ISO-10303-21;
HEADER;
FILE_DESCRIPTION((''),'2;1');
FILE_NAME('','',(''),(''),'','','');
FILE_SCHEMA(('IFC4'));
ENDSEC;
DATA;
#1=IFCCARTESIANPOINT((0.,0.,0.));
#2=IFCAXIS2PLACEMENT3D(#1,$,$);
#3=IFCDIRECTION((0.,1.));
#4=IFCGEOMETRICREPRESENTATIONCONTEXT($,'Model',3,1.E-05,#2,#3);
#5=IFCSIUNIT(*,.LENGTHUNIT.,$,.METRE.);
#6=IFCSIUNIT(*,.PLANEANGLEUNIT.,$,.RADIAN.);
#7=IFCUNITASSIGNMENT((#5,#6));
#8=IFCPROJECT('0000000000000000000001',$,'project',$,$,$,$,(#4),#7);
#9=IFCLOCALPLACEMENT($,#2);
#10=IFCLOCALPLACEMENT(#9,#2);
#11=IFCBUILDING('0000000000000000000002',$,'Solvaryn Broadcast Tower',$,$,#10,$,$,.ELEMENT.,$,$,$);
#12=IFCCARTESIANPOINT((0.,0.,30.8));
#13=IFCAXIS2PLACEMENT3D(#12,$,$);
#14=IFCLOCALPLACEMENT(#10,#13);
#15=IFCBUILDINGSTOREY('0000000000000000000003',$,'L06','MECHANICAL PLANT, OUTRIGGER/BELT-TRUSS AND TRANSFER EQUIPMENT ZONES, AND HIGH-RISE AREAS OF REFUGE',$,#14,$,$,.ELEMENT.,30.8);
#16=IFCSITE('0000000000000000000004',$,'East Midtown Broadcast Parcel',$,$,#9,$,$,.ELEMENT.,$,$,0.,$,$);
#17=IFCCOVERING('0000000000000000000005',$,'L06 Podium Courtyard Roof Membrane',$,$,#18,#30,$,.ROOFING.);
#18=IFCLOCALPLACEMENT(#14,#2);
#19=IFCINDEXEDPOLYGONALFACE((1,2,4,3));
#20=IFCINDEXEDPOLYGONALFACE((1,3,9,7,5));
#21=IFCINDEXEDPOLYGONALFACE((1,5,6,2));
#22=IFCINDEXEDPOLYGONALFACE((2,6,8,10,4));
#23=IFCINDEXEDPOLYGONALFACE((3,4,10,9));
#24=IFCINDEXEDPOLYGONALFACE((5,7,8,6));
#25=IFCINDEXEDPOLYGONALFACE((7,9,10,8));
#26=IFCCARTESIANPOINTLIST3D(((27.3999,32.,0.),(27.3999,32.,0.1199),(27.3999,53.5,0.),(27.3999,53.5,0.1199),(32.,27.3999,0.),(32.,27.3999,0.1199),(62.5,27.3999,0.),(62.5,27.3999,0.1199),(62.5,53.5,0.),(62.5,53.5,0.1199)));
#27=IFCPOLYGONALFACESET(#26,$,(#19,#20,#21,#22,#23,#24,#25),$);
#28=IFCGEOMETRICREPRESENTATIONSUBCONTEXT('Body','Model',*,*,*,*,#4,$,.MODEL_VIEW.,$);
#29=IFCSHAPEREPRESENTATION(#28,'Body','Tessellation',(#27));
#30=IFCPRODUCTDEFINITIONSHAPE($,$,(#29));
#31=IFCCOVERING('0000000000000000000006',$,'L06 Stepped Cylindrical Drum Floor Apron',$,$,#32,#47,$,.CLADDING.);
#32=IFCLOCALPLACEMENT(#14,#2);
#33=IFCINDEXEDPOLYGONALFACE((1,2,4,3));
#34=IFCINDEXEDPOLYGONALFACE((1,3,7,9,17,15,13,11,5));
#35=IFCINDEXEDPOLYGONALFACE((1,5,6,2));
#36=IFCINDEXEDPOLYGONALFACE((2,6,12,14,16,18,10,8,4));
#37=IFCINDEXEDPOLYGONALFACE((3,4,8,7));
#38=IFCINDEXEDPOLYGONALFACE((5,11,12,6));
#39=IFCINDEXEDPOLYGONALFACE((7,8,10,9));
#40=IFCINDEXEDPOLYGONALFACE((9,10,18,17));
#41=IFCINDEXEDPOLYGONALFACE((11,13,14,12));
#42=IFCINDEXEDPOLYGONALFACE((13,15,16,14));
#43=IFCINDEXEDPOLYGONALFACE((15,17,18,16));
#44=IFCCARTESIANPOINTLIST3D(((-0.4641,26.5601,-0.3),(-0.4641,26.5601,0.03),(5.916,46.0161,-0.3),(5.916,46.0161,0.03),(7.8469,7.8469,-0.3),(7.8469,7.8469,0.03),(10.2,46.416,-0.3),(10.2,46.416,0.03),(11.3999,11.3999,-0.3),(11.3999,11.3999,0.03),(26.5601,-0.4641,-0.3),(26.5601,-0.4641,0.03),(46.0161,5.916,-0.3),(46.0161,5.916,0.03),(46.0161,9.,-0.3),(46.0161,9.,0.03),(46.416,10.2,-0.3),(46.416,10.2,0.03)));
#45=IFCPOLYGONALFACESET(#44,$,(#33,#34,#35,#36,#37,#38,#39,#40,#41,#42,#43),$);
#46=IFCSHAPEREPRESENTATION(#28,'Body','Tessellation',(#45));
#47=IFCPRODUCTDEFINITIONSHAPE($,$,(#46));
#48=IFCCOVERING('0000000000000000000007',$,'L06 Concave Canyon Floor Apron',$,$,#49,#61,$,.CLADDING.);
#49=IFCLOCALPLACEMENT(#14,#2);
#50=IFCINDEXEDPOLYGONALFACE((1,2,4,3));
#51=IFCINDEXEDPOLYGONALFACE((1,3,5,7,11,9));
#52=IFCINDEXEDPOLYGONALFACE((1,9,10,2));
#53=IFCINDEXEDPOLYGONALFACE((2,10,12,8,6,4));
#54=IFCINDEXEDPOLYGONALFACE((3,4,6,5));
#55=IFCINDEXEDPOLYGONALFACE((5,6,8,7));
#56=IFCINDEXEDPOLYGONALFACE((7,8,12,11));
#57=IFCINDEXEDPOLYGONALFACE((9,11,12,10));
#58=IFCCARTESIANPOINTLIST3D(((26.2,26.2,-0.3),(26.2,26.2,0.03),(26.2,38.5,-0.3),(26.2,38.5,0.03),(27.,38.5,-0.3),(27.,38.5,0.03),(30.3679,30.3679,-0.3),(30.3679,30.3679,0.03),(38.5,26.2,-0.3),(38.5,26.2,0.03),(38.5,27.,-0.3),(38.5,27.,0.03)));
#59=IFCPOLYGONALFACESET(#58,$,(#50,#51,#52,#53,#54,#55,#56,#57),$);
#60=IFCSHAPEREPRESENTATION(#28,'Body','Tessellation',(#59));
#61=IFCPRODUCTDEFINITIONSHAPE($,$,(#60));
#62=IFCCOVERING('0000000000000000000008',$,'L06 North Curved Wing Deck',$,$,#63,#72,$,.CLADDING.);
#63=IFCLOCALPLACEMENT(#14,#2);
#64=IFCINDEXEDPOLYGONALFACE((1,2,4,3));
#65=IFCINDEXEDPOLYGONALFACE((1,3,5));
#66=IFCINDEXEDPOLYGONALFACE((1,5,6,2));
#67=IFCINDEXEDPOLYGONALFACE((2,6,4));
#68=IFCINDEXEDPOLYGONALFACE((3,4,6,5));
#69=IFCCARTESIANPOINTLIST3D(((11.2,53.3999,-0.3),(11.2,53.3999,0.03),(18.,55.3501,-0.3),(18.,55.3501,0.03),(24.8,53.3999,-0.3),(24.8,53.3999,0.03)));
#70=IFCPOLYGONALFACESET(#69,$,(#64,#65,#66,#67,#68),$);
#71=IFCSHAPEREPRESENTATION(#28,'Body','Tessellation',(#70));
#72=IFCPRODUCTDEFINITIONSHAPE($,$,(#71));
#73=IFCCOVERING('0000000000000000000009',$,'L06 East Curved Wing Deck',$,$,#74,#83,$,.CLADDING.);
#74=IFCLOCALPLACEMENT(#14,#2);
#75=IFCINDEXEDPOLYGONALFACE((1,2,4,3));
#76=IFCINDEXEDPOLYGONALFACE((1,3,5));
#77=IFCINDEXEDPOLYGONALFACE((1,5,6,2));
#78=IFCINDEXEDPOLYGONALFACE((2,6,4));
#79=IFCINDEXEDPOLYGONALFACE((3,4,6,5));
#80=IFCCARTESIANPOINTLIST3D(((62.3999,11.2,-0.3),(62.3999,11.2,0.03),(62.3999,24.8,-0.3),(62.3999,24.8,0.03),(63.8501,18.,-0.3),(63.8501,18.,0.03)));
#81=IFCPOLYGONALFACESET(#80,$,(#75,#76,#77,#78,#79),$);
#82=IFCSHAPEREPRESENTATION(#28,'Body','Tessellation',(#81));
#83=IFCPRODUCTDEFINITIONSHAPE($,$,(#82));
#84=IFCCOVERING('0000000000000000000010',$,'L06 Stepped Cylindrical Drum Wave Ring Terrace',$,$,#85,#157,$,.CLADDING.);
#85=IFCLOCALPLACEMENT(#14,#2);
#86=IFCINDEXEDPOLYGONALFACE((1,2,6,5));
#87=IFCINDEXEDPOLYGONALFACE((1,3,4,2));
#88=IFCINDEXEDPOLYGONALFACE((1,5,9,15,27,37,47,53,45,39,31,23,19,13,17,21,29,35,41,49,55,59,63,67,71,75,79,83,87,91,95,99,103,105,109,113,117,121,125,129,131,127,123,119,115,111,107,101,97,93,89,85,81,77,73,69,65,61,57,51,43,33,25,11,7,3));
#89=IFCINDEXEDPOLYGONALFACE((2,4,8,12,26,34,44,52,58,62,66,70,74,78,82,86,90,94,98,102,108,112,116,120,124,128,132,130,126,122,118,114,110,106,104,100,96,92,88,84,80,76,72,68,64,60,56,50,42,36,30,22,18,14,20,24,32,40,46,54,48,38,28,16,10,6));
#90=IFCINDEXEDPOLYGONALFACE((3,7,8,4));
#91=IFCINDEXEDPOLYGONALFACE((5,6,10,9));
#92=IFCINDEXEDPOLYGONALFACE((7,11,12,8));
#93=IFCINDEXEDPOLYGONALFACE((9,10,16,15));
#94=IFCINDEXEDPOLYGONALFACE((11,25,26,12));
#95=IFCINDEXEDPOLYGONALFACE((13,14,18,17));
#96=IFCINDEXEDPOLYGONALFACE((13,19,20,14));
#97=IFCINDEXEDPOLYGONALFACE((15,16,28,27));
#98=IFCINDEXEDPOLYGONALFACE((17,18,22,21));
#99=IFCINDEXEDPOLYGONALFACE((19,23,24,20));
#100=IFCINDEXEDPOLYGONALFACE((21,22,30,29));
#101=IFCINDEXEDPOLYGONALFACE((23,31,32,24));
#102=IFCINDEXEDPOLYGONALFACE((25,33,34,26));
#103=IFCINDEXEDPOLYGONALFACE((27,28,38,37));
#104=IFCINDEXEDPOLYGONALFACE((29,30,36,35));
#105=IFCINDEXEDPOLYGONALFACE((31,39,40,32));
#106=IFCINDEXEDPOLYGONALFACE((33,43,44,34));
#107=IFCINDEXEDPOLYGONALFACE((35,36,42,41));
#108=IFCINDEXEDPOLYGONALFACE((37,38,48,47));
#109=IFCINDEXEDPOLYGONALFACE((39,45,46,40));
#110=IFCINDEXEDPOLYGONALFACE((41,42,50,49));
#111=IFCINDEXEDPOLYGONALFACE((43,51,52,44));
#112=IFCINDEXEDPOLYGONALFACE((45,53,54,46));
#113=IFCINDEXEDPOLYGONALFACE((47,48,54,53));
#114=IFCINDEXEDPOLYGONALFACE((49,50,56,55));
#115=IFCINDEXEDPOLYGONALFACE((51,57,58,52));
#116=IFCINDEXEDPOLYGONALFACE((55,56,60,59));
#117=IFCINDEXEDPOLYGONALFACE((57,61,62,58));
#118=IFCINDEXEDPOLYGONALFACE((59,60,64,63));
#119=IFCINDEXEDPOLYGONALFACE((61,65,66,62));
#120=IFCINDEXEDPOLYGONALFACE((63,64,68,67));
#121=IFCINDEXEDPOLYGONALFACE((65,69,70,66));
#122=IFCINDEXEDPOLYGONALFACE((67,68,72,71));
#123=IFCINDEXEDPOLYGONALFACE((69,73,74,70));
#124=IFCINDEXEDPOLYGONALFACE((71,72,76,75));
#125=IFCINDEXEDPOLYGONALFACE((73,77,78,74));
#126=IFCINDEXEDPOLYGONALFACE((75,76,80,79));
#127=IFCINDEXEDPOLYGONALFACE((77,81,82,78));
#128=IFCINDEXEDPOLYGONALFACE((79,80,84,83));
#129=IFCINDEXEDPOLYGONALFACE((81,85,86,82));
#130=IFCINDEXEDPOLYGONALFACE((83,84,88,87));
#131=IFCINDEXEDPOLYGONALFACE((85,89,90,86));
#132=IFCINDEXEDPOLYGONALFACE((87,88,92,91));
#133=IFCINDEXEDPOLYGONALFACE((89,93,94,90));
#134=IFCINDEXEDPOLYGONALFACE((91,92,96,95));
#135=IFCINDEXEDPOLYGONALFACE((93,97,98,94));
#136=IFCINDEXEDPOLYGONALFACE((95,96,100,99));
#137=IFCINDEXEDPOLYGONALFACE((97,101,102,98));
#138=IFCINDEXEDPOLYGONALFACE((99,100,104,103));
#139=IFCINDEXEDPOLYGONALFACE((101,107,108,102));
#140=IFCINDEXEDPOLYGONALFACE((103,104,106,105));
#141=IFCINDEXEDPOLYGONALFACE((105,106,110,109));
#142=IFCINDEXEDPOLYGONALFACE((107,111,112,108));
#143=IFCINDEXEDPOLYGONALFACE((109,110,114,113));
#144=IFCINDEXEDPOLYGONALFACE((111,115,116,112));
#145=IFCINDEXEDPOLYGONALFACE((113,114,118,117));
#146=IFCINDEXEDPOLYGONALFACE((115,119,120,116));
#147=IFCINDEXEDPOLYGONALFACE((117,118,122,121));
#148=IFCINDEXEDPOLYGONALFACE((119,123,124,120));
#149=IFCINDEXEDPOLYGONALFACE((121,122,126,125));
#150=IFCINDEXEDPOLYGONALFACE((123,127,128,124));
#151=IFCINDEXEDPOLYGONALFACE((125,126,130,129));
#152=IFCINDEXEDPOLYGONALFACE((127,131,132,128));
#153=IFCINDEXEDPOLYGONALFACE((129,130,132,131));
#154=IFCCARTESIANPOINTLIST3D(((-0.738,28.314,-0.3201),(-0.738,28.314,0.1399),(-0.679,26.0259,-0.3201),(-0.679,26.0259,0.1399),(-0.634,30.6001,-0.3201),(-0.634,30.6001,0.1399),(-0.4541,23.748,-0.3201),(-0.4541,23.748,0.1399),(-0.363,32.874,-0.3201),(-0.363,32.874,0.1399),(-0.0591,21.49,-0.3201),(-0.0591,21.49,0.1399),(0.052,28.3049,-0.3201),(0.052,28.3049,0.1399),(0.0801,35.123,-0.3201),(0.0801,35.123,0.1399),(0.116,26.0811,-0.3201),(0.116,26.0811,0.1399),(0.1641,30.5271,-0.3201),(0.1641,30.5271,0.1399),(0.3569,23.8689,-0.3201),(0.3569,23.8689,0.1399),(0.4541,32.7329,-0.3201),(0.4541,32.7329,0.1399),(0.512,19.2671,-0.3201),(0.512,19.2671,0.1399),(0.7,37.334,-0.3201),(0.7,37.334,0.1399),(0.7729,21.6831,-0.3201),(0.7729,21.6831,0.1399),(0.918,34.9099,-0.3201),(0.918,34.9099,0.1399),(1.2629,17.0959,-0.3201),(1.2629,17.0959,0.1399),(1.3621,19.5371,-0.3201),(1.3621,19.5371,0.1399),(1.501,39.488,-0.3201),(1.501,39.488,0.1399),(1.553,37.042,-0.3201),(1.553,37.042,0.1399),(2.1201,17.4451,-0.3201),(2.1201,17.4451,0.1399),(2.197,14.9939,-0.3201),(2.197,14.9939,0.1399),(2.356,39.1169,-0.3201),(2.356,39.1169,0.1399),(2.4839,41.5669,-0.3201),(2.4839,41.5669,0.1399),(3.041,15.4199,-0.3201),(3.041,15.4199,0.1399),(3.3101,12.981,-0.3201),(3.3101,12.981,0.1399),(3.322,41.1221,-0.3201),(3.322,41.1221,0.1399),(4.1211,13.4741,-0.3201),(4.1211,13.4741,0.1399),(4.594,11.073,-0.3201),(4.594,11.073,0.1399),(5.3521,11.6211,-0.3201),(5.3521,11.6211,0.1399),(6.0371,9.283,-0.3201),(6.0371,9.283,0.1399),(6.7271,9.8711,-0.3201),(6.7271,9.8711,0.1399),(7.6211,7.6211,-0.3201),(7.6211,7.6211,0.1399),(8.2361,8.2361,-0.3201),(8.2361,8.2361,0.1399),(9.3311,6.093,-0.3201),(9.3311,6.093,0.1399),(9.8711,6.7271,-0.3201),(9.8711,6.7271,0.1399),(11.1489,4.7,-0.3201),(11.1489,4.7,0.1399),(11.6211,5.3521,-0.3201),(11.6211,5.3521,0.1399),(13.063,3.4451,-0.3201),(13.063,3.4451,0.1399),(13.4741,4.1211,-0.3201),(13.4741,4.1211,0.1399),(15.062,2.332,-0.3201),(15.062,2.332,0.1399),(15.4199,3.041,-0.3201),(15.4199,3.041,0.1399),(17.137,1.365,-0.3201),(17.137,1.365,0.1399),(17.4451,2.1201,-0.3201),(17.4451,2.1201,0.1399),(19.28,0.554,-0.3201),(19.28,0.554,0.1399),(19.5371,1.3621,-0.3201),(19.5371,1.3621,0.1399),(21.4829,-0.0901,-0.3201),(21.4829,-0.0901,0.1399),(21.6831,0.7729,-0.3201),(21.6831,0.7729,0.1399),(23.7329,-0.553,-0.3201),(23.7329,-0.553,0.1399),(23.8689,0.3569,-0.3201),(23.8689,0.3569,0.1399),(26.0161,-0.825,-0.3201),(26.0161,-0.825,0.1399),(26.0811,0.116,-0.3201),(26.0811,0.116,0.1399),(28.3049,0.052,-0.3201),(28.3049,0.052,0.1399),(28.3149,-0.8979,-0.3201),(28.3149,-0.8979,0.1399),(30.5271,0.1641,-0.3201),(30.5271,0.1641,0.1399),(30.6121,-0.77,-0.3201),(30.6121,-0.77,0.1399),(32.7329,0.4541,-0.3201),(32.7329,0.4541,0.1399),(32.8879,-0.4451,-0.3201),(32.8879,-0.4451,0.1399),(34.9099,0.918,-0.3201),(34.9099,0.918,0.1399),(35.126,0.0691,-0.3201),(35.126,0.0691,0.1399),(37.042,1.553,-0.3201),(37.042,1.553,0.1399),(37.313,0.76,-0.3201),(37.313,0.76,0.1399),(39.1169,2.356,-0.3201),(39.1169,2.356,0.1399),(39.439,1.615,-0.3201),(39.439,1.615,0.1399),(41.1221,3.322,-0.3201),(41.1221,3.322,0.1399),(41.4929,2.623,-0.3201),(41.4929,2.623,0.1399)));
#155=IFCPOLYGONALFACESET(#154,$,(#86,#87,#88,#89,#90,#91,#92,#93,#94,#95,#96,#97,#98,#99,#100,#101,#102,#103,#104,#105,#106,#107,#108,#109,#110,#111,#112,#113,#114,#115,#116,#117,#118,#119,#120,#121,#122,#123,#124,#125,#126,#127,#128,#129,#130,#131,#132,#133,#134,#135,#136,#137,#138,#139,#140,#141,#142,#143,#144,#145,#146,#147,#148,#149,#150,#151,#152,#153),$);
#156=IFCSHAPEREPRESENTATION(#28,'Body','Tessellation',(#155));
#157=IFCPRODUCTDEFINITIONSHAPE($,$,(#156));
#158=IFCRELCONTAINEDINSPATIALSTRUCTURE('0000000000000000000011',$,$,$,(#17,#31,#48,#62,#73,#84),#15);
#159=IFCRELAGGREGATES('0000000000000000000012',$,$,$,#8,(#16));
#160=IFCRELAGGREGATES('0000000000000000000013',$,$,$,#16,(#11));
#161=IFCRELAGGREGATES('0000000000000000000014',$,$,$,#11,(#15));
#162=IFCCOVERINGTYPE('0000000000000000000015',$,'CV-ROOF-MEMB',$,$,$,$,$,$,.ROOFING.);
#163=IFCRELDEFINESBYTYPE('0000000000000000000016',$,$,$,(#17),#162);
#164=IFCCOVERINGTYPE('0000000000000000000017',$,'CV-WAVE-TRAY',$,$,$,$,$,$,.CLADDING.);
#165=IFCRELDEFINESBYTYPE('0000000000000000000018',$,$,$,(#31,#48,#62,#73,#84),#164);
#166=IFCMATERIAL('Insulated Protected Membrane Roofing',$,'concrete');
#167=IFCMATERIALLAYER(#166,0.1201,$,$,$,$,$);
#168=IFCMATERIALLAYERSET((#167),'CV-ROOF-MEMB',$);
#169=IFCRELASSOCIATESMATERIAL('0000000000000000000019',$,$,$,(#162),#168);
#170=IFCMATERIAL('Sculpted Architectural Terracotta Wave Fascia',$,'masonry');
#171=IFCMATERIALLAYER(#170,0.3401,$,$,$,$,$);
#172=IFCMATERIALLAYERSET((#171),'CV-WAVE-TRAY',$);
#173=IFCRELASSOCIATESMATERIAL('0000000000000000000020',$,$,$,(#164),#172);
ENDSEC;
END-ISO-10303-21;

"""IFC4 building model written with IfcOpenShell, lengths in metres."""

from ifc_helpers import new_model, si_unit, direction, frame, origin, place, context, subcontext, project, spatial, polyline, outline, extrude, material, layer, layer_set, type_object, element, save


model = new_model("IFC4")

# Units and contexts
model_context = context("Model", 3, precision=1e-05, world=origin(), true_north=direction((0.0, 1.0)))
body_context = subcontext(model_context, "Body", "Model", "MODEL_VIEW")
ifc_project = project(units=[si_unit("LENGTHUNIT", "METRE"), si_unit("PLANEANGLEUNIT", "RADIAN")], contexts=[model_context])

# Site, building, storey
site_placement = place(None, origin())
site = spatial("IfcSite", under=ifc_project, at=site_placement, Name="East Midtown Broadcast Parcel", CompositionType="ELEMENT", RefElevation=0.0)
building_placement = place(site_placement, origin())
building = spatial("IfcBuilding", under=site, at=building_placement, Name="Solvaryn Broadcast Tower", CompositionType="ELEMENT")
storey_placement = place(building_placement, frame((0.0, 0.0, 30.8)))
storey = spatial("IfcBuildingStorey", under=building, at=storey_placement, Name="L06", Description="MECHANICAL PLANT, OUTRIGGER/BELT-TRUSS AND TRANSFER EQUIPMENT ZONES, AND HIGH-RISE AREAS OF REFUGE", CompositionType="ELEMENT", Elevation=30.8)

# Coverings
ifc_material_1 = material(Name="Insulated Protected Membrane Roofing", Category="concrete")
ifc_layer_1 = layer(ifc_material_1, 0.1201)
ifc_layer_set_1 = layer_set([ifc_layer_1], Name="CV-ROOF-MEMB")
covering_type_1 = type_object("IfcCoveringType", Name="CV-ROOF-MEMB", PredefinedType="ROOFING", material=ifc_layer_set_1)
covering_1_placement = place(storey_placement, origin())
element("IfcCovering", 1, at=covering_1_placement, inside=storey, type_object=covering_type_1, Name="L06 Podium Courtyard Roof Membrane", PredefinedType="ROOFING", context=body_context, shape_type="SweptSolid", body=[
    extrude(outline(polyline([(32.0, 27.3999), (62.5, 27.3999), (62.5, 53.5), (27.3999, 53.5), (27.3999, 32.0), (32.0, 27.3999)])), origin(), (0.0, 0.0, 1.0), 0.1199),
])
ifc_material_2 = material(Name="Sculpted Architectural Terracotta Wave Fascia", Category="masonry")
ifc_layer_2 = layer(ifc_material_2, 0.3401)
ifc_layer_set_2 = layer_set([ifc_layer_2], Name="CV-WAVE-TRAY")
covering_type_2 = type_object("IfcCoveringType", Name="CV-WAVE-TRAY", PredefinedType="CLADDING", material=ifc_layer_set_2)
covering_2_placement = place(storey_placement, frame((0.0, 0.0, -0.3)))
element("IfcCovering", 2, at=covering_2_placement, inside=storey, type_object=covering_type_2, Name="L06 Stepped Cylindrical Drum Floor Apron", PredefinedType="CLADDING", context=body_context, shape_type="SweptSolid", body=[
    extrude(outline(polyline([(10.2, 46.416), (5.916, 46.0161), (-0.4641, 26.5601), (7.8469, 7.8469), (26.5601, -0.4641), (46.0161, 5.916), (46.0161, 9.0), (46.416, 10.2), (11.3999, 11.3999), (10.2, 46.416)])), origin(), (0.0, 0.0, 1.0), 0.3301),
])
covering_3_placement = place(storey_placement, frame((0.0, 0.0, -0.3)))
element("IfcCovering", 3, at=covering_3_placement, inside=storey, type_object=covering_type_2, Name="L06 Concave Canyon Floor Apron", PredefinedType="CLADDING", context=body_context, shape_type="SweptSolid", body=[
    extrude(outline(polyline([(26.2, 26.2), (38.5, 26.2), (38.5, 27.0), (30.3679, 30.3679), (27.0, 38.5), (26.2, 38.5), (26.2, 26.2)])), origin(), (0.0, 0.0, 1.0), 0.3301),
])
covering_4_placement = place(storey_placement, frame((0.0, 0.0, -0.3)))
element("IfcCovering", 4, at=covering_4_placement, inside=storey, type_object=covering_type_2, Name="L06 North Curved Wing Deck", PredefinedType="CLADDING", context=body_context, shape_type="SweptSolid", body=[
    extrude(outline(polyline([(11.2, 53.3999), (24.8, 53.3999), (18.0, 55.3501), (11.2, 53.3999)])), origin(), (0.0, 0.0, 1.0), 0.3301),
])
covering_5_placement = place(storey_placement, frame((0.0, 0.0, -0.3)))
element("IfcCovering", 5, at=covering_5_placement, inside=storey, type_object=covering_type_2, Name="L06 East Curved Wing Deck", PredefinedType="CLADDING", context=body_context, shape_type="SweptSolid", body=[
    extrude(outline(polyline([(62.3999, 11.2), (63.8501, 18.0), (62.3999, 24.8), (62.3999, 11.2)])), origin(), (0.0, 0.0, 1.0), 0.3301),
])
covering_6_placement = place(storey_placement, frame((0.0, 0.0, -0.3201)))
element("IfcCovering", 6, at=covering_6_placement, inside=storey, type_object=covering_type_2, Name="L06 Stepped Cylindrical Drum Wave Ring Terrace", PredefinedType="CLADDING", context=body_context, shape_type="SweptSolid", body=[
    extrude(outline(polyline([(2.4839, 41.5669), (1.501, 39.488), (0.7, 37.334), (0.0801, 35.123), (-0.363, 32.874), (-0.634, 30.6001), (-0.738, 28.314), (-0.679, 26.0259), (-0.4541, 23.748), (-0.0591, 21.49), (0.512, 19.2671), (1.2629, 17.0959), (2.197, 14.9939), (3.3101, 12.981), (4.594, 11.073), (6.0371, 9.283), (7.6211, 7.6211), (9.3311, 6.093), (11.1489, 4.7), (13.063, 3.4451), (15.062, 2.332), (17.137, 1.365), (19.28, 0.554), (21.4829, -0.0901), (23.7329, -0.553), (26.0161, -0.825), (28.3149, -0.8979), (30.6121, -0.77), (32.8879, -0.4451), (35.126, 0.0691), (37.313, 0.76), (39.439, 1.615), (41.4929, 2.623), (41.1221, 3.322), (39.1169, 2.356), (37.042, 1.553), (34.9099, 0.918), (32.7329, 0.4541), (30.5271, 0.1641), (28.3049, 0.052), (26.0811, 0.116), (23.8689, 0.3569), (21.6831, 0.7729), (19.5371, 1.3621), (17.4451, 2.1201), (15.4199, 3.041), (13.4741, 4.1211), (11.6211, 5.3521), (9.8711, 6.7271), (8.2361, 8.2361), (6.7271, 9.8711), (5.3521, 11.6211), (4.1211, 13.4741), (3.041, 15.4199), (2.1201, 17.4451), (1.3621, 19.5371), (0.7729, 21.6831), (0.3569, 23.8689), (0.116, 26.0811), (0.052, 28.3049), (0.1641, 30.5271), (0.4541, 32.7329), (0.918, 34.9099), (1.553, 37.042), (2.356, 39.1169), (3.322, 41.1221), (2.4839, 41.5669)])), origin(), (0.0, 0.0, 1.0), 0.46),
])

save(model, "model.ifc")
